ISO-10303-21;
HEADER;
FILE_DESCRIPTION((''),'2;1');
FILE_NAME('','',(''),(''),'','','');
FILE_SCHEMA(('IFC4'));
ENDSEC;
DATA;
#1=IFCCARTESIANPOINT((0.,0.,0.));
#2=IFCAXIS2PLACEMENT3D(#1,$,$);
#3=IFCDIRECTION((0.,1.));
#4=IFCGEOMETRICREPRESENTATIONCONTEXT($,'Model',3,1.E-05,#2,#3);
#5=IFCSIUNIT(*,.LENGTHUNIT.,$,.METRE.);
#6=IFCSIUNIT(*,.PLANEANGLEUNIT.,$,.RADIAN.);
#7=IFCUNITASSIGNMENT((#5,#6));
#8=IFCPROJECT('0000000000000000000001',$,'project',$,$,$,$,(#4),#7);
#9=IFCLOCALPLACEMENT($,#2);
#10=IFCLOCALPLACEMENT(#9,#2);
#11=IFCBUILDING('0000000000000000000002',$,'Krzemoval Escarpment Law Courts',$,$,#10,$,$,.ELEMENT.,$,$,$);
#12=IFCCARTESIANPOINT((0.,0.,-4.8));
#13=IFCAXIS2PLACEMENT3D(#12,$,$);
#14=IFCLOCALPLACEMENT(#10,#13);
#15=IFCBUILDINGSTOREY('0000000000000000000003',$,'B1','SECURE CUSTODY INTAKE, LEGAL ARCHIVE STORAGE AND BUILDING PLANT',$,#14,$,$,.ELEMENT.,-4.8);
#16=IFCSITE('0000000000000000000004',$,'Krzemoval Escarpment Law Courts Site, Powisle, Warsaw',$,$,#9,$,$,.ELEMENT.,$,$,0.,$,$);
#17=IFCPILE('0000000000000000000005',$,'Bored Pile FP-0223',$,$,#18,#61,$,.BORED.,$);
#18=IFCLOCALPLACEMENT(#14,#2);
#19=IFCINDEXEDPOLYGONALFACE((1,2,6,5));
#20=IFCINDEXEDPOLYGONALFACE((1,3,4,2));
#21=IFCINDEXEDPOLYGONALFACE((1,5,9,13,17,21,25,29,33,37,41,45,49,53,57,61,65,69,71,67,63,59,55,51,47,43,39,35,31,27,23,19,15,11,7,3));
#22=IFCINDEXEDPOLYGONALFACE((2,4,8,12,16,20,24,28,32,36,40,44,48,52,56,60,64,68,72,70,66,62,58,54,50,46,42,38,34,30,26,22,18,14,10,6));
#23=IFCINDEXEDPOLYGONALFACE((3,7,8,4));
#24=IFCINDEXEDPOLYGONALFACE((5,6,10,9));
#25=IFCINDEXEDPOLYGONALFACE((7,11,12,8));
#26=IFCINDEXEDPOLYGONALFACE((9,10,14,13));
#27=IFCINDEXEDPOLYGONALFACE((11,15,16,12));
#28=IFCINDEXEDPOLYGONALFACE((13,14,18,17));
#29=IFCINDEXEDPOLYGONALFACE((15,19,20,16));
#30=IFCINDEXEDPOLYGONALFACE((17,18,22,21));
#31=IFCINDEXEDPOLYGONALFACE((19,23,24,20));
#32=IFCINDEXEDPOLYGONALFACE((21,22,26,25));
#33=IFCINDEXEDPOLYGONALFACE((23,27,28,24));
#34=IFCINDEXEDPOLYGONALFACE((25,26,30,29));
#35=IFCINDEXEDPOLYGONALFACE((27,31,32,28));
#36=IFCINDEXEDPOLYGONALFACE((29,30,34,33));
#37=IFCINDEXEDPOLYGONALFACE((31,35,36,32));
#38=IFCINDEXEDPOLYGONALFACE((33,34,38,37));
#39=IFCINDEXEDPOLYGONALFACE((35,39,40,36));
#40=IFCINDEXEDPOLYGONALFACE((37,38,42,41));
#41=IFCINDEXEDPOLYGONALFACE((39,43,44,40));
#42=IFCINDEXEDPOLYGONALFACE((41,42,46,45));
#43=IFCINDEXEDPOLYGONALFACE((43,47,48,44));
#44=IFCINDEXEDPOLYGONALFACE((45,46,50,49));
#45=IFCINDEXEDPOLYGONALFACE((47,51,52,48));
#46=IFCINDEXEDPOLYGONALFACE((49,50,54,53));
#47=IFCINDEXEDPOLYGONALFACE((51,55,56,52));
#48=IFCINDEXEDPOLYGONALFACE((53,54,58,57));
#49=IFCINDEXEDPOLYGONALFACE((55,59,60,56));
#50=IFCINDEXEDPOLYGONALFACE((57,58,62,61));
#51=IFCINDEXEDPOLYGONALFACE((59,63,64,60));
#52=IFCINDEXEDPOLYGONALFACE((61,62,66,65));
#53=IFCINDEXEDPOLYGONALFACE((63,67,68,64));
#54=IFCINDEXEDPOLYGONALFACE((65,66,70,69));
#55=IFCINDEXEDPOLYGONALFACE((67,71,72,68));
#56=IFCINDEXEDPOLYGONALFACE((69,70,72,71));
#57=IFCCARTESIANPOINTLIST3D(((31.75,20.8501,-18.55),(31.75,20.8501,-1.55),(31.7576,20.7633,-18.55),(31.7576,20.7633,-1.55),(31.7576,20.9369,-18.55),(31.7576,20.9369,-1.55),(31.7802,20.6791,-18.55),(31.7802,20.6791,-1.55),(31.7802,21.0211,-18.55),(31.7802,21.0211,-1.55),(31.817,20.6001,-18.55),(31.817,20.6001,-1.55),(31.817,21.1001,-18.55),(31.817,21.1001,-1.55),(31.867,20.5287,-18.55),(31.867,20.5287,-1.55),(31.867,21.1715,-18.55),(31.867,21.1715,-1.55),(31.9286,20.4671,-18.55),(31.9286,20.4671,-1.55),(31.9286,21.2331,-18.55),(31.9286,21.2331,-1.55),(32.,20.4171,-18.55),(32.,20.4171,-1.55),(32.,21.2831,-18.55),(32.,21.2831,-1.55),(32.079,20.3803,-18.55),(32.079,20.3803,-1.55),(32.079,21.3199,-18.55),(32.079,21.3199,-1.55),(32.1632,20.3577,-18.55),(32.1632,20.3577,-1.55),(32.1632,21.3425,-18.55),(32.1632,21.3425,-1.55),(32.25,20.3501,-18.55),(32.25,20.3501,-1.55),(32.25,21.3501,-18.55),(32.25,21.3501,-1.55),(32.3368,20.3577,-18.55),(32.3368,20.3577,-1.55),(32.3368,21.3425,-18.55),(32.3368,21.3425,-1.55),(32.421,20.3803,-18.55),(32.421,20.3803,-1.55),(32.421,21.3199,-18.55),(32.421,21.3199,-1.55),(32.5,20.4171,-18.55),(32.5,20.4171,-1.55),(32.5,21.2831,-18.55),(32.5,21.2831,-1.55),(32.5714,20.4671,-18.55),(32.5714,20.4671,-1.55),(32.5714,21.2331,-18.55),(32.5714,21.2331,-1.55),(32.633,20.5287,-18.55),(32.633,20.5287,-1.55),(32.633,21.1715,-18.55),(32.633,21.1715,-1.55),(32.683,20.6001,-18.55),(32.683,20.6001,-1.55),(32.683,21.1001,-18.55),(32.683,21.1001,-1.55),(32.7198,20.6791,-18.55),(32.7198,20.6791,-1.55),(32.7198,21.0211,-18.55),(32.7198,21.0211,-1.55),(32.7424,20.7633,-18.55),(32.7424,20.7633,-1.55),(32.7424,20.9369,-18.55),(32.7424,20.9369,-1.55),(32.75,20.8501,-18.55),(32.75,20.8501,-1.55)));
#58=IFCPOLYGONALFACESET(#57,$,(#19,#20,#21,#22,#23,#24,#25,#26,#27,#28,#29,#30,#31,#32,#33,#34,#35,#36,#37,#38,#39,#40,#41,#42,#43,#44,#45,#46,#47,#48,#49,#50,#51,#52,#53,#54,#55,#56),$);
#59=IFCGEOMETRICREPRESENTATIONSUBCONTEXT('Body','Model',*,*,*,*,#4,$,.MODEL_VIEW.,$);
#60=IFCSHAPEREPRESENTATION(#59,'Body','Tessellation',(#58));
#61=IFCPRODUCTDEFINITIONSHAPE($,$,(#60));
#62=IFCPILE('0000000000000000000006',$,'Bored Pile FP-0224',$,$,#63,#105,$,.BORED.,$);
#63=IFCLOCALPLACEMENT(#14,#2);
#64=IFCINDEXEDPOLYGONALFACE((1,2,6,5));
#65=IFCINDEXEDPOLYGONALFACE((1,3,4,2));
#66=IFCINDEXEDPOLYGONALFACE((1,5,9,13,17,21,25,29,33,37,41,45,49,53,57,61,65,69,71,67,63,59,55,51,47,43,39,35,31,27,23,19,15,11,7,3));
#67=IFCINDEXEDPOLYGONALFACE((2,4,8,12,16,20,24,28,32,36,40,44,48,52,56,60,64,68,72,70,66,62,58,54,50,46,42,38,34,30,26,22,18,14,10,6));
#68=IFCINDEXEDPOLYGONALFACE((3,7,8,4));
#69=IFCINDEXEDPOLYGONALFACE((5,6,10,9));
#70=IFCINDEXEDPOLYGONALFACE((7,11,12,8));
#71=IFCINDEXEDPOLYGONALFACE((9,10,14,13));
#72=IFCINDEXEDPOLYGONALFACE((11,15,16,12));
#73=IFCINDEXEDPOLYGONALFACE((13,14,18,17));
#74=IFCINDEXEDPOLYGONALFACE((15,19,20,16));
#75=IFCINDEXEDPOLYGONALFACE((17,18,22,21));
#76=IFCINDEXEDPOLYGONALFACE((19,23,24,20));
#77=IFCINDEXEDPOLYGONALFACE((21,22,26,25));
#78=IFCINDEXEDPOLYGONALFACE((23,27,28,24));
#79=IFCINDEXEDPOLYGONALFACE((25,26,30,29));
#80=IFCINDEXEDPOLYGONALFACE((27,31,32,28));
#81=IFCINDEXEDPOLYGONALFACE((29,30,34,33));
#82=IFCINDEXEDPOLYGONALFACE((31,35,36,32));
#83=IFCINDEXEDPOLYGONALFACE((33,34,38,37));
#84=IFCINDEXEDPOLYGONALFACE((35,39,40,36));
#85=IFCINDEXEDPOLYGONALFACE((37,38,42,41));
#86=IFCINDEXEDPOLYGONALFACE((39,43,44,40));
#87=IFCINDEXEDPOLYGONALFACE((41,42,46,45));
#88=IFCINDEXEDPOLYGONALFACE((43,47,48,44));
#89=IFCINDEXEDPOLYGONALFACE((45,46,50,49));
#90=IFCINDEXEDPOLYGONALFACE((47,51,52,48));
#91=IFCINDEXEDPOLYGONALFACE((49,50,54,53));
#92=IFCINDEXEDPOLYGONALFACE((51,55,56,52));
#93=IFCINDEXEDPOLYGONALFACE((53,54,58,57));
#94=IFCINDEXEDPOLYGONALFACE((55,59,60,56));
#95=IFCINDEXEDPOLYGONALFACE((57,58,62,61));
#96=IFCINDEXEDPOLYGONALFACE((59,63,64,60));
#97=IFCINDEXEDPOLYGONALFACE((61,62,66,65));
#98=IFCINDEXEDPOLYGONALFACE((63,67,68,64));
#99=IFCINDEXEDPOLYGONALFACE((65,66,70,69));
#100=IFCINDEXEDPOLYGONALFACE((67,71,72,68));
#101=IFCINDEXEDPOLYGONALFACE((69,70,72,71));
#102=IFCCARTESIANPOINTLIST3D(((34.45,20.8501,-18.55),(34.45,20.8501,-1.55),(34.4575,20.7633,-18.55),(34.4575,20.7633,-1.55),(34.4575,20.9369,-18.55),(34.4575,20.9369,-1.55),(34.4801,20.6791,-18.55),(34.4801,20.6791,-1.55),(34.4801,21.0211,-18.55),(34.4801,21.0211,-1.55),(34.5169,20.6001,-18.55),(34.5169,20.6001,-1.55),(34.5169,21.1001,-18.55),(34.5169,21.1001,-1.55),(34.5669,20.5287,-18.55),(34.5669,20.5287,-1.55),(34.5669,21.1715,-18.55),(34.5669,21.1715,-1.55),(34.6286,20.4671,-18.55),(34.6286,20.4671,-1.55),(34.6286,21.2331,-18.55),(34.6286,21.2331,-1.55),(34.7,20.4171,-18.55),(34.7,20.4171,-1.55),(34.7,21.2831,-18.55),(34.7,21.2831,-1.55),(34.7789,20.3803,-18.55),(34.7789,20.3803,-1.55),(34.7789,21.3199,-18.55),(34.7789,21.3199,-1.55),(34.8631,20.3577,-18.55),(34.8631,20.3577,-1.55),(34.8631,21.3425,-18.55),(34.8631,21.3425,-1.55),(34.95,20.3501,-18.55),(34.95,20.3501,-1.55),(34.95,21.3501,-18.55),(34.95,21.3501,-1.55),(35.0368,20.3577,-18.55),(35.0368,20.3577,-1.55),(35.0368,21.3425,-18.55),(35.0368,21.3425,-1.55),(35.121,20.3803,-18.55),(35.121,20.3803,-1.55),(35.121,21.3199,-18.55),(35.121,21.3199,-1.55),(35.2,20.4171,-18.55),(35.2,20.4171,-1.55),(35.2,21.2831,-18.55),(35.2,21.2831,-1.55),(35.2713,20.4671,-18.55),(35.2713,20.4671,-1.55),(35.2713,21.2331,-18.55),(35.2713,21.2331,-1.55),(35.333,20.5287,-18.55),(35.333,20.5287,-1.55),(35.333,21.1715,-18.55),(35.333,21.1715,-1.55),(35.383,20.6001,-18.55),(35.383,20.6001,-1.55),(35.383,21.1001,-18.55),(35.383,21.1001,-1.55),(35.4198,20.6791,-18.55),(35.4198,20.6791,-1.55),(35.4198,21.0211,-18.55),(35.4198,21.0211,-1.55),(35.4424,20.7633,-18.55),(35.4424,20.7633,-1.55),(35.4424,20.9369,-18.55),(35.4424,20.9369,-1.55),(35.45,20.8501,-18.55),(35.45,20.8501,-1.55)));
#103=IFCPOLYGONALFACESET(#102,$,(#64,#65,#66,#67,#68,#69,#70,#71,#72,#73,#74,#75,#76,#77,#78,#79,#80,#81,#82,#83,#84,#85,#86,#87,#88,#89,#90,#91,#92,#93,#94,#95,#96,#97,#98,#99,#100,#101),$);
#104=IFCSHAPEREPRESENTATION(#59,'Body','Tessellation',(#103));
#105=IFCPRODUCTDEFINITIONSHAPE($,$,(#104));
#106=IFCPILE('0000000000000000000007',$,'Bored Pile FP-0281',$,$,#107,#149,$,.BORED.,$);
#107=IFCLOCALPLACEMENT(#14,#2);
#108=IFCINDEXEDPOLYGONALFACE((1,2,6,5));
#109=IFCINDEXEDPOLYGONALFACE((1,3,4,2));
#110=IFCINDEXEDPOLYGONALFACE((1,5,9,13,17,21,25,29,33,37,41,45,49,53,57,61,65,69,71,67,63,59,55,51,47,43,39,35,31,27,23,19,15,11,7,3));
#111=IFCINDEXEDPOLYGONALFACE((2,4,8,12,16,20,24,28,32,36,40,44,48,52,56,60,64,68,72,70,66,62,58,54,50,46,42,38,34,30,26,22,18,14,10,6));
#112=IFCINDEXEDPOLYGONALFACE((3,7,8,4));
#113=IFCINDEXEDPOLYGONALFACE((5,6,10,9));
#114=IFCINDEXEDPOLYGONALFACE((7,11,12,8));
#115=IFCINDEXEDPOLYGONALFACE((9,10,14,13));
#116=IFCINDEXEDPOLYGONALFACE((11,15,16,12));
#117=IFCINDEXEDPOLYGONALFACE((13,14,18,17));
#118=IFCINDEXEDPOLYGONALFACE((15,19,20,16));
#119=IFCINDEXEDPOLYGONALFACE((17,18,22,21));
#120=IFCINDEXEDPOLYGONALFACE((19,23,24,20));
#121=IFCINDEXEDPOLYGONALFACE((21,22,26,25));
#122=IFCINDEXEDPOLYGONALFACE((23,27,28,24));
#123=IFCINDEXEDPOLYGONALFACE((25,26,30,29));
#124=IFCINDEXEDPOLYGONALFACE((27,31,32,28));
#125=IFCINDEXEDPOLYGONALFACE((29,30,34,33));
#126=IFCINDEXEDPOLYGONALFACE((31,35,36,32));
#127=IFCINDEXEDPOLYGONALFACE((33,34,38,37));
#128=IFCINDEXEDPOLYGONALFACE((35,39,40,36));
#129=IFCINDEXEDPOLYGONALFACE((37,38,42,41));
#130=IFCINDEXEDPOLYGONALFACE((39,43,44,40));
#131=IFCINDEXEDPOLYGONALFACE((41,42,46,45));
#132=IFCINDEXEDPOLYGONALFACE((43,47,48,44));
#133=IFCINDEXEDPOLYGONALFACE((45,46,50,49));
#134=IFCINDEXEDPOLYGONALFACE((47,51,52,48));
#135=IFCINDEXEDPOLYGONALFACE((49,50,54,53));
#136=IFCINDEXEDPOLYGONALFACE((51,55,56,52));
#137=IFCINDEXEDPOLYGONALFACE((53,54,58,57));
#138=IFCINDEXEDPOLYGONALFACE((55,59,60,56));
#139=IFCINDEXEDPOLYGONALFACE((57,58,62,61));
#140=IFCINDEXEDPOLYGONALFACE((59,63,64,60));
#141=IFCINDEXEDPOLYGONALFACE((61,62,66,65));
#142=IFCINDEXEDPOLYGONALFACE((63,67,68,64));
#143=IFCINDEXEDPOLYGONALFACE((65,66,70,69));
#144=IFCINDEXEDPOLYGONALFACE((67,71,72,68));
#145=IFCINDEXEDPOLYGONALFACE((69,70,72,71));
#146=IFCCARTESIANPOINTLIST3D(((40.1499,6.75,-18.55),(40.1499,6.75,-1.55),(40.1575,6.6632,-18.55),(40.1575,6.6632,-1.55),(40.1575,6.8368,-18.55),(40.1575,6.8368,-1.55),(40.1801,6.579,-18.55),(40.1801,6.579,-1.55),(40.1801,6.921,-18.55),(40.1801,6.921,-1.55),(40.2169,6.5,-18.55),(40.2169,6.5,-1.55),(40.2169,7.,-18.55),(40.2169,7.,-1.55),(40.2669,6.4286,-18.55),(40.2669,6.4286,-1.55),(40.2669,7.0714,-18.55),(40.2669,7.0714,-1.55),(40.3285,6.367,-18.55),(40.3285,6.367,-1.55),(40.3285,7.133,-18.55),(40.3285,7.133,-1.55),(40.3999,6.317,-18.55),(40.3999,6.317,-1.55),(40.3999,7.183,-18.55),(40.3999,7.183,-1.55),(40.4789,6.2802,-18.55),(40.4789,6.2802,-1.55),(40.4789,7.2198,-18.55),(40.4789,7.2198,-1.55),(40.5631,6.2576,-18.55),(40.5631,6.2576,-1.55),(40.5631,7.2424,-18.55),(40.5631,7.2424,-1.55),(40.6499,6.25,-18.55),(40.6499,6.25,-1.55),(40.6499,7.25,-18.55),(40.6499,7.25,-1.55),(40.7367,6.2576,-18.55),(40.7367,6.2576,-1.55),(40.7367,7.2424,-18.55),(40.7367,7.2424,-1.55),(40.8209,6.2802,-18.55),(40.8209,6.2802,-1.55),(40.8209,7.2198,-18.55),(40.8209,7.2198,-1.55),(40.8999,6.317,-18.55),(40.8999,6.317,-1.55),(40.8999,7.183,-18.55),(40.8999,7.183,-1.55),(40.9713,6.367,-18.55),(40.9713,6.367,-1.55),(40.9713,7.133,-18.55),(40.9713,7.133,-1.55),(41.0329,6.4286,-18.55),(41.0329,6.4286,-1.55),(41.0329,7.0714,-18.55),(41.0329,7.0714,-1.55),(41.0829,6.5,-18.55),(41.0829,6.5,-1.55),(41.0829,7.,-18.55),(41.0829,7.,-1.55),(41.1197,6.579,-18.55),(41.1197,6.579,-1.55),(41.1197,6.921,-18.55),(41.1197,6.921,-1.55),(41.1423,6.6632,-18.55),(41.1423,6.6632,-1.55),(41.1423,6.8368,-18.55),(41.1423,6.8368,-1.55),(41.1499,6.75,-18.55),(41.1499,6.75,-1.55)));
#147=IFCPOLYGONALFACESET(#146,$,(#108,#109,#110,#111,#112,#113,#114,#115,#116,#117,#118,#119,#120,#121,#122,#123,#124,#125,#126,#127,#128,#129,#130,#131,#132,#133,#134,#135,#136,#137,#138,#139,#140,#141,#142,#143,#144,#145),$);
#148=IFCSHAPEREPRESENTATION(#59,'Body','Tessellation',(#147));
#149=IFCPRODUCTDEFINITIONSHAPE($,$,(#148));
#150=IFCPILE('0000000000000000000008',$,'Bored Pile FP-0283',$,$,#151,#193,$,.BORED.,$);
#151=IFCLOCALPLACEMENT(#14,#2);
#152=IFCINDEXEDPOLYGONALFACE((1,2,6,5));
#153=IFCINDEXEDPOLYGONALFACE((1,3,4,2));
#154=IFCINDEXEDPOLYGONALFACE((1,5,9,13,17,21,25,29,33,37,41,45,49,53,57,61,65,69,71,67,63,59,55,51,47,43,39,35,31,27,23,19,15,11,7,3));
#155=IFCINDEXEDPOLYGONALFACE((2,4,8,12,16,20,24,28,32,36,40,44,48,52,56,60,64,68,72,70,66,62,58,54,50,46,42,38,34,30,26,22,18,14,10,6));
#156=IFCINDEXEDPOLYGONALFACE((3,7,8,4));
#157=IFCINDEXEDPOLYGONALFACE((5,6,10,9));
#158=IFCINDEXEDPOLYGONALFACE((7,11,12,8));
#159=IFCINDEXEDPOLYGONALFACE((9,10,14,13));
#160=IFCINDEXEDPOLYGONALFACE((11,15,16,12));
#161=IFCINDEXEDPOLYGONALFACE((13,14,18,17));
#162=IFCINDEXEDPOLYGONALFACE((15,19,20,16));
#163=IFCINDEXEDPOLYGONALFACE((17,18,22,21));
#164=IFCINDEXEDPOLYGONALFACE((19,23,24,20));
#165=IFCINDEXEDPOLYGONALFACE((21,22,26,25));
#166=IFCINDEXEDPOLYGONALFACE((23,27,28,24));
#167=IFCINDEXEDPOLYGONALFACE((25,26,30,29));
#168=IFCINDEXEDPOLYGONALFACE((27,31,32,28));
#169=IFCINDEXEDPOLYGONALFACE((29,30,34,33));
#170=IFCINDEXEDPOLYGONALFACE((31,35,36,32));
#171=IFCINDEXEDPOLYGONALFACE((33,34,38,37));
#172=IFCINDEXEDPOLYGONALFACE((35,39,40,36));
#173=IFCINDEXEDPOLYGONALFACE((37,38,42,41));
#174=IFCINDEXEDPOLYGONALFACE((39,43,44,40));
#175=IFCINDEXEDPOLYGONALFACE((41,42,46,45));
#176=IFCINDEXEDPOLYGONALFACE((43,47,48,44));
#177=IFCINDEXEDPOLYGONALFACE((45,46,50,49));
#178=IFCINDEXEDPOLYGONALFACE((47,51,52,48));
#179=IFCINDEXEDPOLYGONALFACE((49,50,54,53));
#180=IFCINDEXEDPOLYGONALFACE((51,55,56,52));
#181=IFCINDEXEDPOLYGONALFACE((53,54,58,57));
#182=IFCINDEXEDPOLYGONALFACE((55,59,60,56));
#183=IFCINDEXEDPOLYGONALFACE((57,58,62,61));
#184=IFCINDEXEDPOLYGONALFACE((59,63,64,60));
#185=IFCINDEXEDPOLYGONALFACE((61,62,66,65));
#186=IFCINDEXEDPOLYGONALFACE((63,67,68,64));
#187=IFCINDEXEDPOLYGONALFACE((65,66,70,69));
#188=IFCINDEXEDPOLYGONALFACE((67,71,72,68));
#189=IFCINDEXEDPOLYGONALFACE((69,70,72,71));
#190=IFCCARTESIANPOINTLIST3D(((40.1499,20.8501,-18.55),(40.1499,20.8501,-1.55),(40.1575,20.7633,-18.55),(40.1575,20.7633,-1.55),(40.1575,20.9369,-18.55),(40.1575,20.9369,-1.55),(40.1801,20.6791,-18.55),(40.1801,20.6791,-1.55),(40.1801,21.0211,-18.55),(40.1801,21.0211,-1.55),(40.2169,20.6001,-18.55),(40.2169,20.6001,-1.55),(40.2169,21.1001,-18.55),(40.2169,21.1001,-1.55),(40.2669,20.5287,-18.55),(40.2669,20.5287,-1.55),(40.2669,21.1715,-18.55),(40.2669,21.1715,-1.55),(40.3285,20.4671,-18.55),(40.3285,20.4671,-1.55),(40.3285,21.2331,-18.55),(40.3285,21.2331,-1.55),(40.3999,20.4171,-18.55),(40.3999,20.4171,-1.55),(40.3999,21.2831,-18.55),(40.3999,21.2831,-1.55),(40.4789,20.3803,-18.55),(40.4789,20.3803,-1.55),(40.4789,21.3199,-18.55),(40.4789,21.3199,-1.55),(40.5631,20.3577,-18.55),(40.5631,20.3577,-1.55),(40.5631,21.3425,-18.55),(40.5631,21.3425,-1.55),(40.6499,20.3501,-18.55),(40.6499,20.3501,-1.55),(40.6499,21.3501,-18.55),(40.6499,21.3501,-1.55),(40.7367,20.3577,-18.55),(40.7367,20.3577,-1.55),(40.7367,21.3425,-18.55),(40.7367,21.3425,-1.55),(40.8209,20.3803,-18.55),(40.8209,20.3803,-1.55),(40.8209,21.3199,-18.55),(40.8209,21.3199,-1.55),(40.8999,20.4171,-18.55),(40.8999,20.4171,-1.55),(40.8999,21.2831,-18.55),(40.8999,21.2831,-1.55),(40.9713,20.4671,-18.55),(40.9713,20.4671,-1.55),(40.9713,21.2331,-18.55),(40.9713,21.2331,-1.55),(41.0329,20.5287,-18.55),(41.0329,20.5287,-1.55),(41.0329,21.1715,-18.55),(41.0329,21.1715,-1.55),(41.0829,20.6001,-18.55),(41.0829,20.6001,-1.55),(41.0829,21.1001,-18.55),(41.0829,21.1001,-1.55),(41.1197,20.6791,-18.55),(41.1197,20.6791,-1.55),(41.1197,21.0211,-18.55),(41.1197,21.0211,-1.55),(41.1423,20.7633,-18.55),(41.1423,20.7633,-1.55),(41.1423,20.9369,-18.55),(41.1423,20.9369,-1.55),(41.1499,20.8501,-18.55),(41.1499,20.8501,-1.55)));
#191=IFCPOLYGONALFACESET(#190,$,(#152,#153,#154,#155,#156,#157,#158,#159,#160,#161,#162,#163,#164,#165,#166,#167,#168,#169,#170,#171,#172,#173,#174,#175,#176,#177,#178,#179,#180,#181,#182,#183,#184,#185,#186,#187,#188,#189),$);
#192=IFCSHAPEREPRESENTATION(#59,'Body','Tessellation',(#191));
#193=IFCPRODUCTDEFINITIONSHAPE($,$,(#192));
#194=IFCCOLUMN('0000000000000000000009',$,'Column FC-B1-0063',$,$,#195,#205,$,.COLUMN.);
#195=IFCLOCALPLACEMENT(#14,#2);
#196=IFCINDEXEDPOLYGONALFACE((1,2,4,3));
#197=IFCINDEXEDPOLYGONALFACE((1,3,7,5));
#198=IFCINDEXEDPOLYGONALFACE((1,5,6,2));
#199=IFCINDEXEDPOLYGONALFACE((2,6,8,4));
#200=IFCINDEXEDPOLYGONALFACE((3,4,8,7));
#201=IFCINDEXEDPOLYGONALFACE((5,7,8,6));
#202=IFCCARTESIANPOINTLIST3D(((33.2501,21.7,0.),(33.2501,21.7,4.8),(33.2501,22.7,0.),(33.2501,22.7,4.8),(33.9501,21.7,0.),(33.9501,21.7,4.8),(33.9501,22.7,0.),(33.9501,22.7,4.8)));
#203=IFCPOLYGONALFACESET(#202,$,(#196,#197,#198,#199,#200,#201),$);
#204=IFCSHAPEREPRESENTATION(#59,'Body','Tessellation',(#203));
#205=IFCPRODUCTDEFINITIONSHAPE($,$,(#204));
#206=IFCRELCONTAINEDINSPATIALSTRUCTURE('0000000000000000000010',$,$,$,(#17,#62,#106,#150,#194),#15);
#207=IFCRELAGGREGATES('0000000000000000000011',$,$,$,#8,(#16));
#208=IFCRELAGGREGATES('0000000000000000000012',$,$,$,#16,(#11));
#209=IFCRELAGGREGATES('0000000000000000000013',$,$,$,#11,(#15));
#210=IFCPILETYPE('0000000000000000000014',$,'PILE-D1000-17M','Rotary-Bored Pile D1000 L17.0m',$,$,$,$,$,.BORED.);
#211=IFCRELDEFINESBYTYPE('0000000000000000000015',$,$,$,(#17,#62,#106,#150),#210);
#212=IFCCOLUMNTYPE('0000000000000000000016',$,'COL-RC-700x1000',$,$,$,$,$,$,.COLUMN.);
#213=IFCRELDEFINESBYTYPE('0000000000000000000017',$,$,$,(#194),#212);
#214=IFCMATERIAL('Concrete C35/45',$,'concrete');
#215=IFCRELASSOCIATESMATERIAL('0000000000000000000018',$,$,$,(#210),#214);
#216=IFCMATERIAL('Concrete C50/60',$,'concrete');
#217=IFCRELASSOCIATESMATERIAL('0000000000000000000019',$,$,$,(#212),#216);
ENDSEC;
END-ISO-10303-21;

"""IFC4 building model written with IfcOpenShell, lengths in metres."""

from ifc_helpers import new_model, si_unit, direction, frame, origin, origin_2d, place, context, subcontext, project, spatial, rectangle, circle, extrude, material, material_profile, profile_set, type_object, element, save


model = new_model("IFC4")

# Units and contexts
model_context = context("Model", 3, precision=1e-05, world=origin(), true_north=direction((0.0, 1.0)))
body_context = subcontext(model_context, "Body", "Model", "MODEL_VIEW")
ifc_project = project(units=[si_unit("LENGTHUNIT", "METRE"), si_unit("PLANEANGLEUNIT", "RADIAN")], contexts=[model_context])

# Site, building, storey
site_placement = place(None, origin())
site = spatial("IfcSite", under=ifc_project, at=site_placement, Name="Krzemoval Escarpment Law Courts Site, Powisle, Warsaw", CompositionType="ELEMENT", RefElevation=0.0)
building_placement = place(site_placement, origin())
building = spatial("IfcBuilding", under=site, at=building_placement, Name="Krzemoval Escarpment Law Courts", CompositionType="ELEMENT")
storey_placement = place(building_placement, frame((0.0, 0.0, -4.8)))
storey = spatial("IfcBuildingStorey", under=building, at=storey_placement, Name="B1", Description="SECURE CUSTODY INTAKE, LEGAL ARCHIVE STORAGE AND BUILDING PLANT", CompositionType="ELEMENT", Elevation=-4.8)

# Piles
ifc_material_1 = material(Name="Concrete C35/45", Category="concrete")
ifc_material_profile_1 = material_profile(ifc_material_1, circle(Radius=0.5, at=origin_2d()), Name="PILE D1000")
ifc_profile_set_1 = profile_set([ifc_material_profile_1], Name="Concrete C35/45")
pile_type = type_object("IfcPileType", Name="PILE-D1000-17M", Description="Rotary-Bored Pile D1000 L17.0m", PredefinedType="BORED", material=ifc_profile_set_1)
for number, where, z_axis, x_axis, name in (
    (1, (32.25, 20.8501, -1.55), (0.0, 0.0, -1.0), (1.0, 0.0, 0.0), "Bored Pile FP-0223"),
    (2, (34.95, 20.8501, -1.55), (0.0, 0.0, -1.0), (1.0, 0.0, 0.0), "Bored Pile FP-0224"),
    (3, (40.6499, 6.75, -1.55), (0.0, 0.0, -1.0), (1.0, 0.0, 0.0), "Bored Pile FP-0281"),
    (4, (40.6499, 20.8501, -1.55), (0.0, 0.0, -1.0), (1.0, 0.0, 0.0), "Bored Pile FP-0283"),
):
    element("IfcPile", number, at=place(storey_placement, frame(where, z_axis=z_axis, x_axis=x_axis)), inside=storey, type_object=pile_type, Name=name, PredefinedType="BORED", context=body_context, shape_type="SweptSolid", body=[
        extrude(circle(Radius=0.5, at=origin_2d()), origin(), (0.0, 0.0, 1.0), 17.0),
    ])

# Column
ifc_material_2 = material(Name="Concrete C50/60", Category="concrete")
ifc_material_profile_2 = material_profile(ifc_material_2, rectangle(XDim=0.7, YDim=1.0, at=origin_2d()), Name="RC 700x1000")
ifc_profile_set_2 = profile_set([ifc_material_profile_2], Name="Concrete C50/60")
column_type = type_object("IfcColumnType", Name="COL-RC-700x1000", PredefinedType="COLUMN", material=ifc_profile_set_2)
for number, where, z_axis, x_axis, name in (
    (5, (33.6001, 22.2, 0.0), (0.0, 0.0, 1.0), (1.0, 0.0, 0.0), "Column FC-B1-0063"),
):
    element("IfcColumn", number, at=place(storey_placement, frame(where, z_axis=z_axis, x_axis=x_axis)), inside=storey, type_object=column_type, Name=name, PredefinedType="COLUMN", context=body_context, shape_type="SweptSolid", body=[
        extrude(rectangle(XDim=0.7, YDim=1.0, at=origin_2d()), origin(), (0.0, 0.0, 1.0), 4.8),
    ])

save(model, "model.ifc")
